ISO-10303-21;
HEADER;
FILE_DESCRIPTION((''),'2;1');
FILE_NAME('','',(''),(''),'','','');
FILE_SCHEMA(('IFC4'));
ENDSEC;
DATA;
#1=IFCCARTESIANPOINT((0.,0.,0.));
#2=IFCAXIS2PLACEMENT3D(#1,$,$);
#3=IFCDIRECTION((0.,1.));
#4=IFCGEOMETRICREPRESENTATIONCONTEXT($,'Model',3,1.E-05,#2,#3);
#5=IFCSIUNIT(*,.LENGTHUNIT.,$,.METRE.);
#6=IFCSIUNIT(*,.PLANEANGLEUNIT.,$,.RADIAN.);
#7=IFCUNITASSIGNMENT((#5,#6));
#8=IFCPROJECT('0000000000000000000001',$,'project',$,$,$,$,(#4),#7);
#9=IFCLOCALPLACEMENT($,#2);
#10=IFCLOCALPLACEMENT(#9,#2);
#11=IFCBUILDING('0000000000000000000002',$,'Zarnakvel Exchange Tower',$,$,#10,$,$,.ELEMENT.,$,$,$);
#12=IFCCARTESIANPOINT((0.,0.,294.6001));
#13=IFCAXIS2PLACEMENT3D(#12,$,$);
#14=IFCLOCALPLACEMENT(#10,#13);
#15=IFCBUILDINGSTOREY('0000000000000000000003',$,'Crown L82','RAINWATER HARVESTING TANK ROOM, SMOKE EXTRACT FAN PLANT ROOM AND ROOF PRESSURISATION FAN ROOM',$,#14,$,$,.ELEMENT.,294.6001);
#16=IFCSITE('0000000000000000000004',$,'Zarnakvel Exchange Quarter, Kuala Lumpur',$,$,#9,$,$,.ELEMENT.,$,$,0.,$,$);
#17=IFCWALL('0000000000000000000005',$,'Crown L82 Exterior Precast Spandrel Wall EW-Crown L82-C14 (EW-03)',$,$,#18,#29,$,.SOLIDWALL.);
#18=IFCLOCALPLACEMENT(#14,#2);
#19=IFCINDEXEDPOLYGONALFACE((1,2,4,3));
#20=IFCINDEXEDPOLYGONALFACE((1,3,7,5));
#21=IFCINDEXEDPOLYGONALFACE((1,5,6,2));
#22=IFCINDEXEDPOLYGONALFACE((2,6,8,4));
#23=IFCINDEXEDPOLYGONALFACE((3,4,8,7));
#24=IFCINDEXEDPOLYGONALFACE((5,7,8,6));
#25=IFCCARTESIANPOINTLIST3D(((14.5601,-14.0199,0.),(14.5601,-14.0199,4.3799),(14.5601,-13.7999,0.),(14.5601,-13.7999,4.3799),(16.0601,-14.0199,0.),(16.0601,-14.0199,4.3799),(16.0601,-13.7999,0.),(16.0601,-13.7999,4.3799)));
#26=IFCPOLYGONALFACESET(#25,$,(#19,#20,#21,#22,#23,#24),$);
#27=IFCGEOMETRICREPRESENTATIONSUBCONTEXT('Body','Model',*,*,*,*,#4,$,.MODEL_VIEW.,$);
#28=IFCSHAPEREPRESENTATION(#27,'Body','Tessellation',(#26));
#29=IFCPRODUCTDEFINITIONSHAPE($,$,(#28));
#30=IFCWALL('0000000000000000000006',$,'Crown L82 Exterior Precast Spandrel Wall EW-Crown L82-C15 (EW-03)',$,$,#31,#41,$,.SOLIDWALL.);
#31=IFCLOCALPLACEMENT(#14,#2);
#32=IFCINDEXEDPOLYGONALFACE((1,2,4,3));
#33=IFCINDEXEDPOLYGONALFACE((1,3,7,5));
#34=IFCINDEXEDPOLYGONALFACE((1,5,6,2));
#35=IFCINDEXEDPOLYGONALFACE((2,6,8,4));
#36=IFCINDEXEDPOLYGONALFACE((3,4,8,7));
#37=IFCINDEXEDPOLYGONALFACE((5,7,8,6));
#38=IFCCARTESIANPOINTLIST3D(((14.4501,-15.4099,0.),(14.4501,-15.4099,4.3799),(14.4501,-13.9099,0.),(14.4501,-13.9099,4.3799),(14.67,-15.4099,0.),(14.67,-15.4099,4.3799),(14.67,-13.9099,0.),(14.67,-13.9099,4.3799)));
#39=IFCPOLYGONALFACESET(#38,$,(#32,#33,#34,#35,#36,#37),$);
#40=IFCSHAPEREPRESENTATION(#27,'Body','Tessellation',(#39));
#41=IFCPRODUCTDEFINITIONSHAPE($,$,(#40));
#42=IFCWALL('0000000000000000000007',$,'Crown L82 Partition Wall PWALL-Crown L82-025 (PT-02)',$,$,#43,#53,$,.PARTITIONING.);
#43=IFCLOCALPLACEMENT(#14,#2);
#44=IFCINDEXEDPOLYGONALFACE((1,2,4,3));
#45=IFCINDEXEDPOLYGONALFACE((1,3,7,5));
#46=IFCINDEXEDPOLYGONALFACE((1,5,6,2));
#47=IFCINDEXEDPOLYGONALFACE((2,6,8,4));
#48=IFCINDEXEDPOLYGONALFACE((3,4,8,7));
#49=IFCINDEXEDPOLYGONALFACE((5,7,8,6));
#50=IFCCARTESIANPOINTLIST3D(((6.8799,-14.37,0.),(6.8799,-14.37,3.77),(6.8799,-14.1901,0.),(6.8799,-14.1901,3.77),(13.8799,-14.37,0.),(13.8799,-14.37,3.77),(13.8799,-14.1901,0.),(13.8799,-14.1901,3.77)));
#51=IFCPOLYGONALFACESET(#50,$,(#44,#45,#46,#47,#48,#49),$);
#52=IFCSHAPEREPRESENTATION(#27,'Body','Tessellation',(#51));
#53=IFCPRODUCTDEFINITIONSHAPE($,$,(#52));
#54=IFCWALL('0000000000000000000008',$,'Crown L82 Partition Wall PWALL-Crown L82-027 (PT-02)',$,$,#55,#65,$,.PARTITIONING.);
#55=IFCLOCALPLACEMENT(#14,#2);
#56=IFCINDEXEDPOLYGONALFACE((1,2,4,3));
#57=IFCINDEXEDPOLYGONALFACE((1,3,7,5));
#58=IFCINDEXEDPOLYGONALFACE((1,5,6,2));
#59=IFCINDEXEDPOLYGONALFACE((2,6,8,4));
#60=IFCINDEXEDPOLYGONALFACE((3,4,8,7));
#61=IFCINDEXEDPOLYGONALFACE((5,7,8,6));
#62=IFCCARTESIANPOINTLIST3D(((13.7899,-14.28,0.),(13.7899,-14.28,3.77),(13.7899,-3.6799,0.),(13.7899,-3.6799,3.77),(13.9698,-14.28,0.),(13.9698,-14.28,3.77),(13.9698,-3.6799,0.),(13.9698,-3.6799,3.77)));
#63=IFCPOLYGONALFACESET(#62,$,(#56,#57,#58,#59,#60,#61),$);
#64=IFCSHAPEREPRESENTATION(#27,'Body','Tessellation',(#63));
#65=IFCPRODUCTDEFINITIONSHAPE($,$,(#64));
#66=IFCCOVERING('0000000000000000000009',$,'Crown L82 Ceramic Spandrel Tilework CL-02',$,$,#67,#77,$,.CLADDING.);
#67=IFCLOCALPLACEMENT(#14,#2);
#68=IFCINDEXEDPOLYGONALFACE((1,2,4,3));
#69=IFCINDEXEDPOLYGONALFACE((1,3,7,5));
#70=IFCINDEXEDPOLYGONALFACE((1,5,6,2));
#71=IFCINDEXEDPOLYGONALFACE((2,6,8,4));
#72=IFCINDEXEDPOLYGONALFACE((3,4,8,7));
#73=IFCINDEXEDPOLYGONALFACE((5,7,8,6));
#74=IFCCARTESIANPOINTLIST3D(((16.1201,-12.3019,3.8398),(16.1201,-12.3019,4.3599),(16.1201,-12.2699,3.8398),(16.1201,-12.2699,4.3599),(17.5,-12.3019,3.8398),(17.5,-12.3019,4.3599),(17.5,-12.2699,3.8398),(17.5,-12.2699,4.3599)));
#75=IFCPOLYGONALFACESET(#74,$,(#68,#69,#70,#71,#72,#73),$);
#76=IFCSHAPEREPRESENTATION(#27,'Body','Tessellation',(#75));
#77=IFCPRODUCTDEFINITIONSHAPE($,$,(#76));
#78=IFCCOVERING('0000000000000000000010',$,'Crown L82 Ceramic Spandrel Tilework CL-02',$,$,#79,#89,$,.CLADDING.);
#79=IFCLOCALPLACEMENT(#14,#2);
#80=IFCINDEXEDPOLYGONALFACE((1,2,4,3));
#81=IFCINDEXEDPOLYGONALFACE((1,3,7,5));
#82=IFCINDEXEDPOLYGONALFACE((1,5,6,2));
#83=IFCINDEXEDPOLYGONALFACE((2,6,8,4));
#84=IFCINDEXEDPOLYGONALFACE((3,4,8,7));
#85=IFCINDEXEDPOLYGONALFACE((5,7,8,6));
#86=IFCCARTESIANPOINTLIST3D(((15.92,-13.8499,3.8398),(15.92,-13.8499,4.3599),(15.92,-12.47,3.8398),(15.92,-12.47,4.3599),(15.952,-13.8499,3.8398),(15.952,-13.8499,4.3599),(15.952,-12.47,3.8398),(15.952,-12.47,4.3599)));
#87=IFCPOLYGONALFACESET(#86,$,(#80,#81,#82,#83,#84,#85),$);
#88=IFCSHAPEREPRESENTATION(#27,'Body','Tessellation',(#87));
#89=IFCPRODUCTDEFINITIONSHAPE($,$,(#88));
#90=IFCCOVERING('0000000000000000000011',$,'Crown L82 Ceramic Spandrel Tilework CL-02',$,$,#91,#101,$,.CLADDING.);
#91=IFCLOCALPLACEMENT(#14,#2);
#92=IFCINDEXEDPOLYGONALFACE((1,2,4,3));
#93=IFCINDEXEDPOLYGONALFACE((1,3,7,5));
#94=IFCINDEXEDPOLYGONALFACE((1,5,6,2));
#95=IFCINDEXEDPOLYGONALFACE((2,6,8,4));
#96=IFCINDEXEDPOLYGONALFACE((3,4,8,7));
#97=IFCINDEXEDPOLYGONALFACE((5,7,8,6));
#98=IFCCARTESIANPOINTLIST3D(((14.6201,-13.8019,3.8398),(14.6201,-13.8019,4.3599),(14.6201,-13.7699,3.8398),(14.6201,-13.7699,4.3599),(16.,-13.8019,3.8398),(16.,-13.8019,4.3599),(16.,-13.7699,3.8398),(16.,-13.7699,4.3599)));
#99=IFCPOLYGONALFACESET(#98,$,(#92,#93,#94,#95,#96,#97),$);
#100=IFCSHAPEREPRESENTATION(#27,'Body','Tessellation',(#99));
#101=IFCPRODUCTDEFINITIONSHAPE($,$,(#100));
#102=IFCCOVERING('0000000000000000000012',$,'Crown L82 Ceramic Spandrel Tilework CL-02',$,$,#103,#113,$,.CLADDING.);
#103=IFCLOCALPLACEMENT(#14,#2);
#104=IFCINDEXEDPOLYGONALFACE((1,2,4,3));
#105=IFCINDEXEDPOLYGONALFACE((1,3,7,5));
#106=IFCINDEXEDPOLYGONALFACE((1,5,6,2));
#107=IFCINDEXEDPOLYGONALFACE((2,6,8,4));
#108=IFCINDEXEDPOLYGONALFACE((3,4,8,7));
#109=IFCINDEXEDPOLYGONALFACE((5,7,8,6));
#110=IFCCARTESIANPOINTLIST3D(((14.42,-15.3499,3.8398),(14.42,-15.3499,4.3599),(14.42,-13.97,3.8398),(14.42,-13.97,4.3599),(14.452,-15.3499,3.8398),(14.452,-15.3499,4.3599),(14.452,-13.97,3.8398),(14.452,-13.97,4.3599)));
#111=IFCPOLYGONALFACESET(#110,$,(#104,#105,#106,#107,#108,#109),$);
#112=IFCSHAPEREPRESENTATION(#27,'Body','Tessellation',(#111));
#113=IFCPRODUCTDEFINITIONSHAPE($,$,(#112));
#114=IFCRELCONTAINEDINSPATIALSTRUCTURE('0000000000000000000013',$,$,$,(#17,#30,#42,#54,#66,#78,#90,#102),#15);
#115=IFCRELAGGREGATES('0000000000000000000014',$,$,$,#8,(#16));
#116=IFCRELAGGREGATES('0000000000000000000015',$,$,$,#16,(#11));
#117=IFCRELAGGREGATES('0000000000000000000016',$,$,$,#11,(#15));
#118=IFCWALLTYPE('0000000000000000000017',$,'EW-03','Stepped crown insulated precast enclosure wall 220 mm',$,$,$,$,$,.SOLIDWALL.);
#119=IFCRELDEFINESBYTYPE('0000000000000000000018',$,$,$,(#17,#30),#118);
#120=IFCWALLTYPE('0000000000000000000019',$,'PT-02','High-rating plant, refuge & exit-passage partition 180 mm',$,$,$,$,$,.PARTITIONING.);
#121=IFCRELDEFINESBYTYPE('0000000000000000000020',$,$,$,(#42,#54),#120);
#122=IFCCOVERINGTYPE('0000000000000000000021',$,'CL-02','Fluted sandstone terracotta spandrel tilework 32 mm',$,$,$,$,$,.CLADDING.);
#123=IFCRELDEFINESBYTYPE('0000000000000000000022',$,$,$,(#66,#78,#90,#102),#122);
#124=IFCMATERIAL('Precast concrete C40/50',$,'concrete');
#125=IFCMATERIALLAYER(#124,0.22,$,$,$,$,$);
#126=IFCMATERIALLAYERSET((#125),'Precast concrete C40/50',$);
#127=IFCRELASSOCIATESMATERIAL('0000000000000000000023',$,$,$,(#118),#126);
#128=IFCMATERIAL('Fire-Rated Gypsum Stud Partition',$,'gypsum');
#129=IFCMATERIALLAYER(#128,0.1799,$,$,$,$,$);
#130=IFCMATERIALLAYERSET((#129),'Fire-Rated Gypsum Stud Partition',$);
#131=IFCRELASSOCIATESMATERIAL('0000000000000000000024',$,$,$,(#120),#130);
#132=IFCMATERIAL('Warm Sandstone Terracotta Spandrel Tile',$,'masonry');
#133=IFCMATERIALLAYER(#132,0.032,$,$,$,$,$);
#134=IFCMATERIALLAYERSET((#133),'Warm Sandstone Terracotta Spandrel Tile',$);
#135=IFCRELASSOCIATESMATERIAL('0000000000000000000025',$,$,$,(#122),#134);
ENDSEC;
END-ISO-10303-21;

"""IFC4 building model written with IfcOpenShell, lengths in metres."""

from ifc_helpers import new_model, si_unit, direction, frame, frame_2d, origin, origin_2d, place, context, subcontext, project, spatial, rectangle, extrude, source, transform, mapped, material, layer, layer_set, type_object, element, save


model = new_model("IFC4")

# Units and contexts
model_context = context("Model", 3, precision=1e-05, world=origin(), true_north=direction((0.0, 1.0)))
body_context = subcontext(model_context, "Body", "Model", "MODEL_VIEW")
ifc_project = project(units=[si_unit("LENGTHUNIT", "METRE"), si_unit("PLANEANGLEUNIT", "RADIAN")], contexts=[model_context])

# Site, building, storey
site_placement = place(None, origin())
site = spatial("IfcSite", under=ifc_project, at=site_placement, Name="Zarnakvel Exchange Quarter, Kuala Lumpur", CompositionType="ELEMENT", RefElevation=0.0)
building_placement = place(site_placement, origin())
building = spatial("IfcBuilding", under=site, at=building_placement, Name="Zarnakvel Exchange Tower", CompositionType="ELEMENT")
storey_placement = place(building_placement, frame((0.0, 0.0, 294.6001)))
storey = spatial("IfcBuildingStorey", under=building, at=storey_placement, Name="Crown L82", Description="RAINWATER HARVESTING TANK ROOM, SMOKE EXTRACT FAN PLANT ROOM AND ROOF PRESSURISATION FAN ROOM", CompositionType="ELEMENT", Elevation=294.6001)

# Walls
ifc_material_1 = material(Name="Precast concrete C40/50", Category="concrete")
ifc_layer_1 = layer(ifc_material_1, 0.22)
ifc_layer_set_1 = layer_set([ifc_layer_1], Name="Precast concrete C40/50")
wall_type_1 = type_object("IfcWallType", Name="EW-03", Description="Stepped crown insulated precast enclosure wall 220 mm", PredefinedType="SOLIDWALL", material=ifc_layer_set_1)
for number, where, z_axis, x_axis, name in (
    (1, (14.5601, -13.9099, 0.0), (0.0, 0.0, 1.0), (1.0, 0.0, 0.0), "Crown L82 Exterior Precast Spandrel Wall EW-Crown L82-C14 (EW-03)"),
    (2, (14.5601, -15.4099, 0.0), (0.0, 0.0, 1.0), (0.0, 1.0, 0.0), "Crown L82 Exterior Precast Spandrel Wall EW-Crown L82-C15 (EW-03)"),
):
    element("IfcWall", number, at=place(storey_placement, frame(where, z_axis=z_axis, x_axis=x_axis)), inside=storey, type_object=wall_type_1, Name=name, PredefinedType="SOLIDWALL", context=body_context, shape_type="SweptSolid", body=[
        extrude(rectangle(XDim=1.5, YDim=0.22, at=frame_2d((0.75, 0.0))), origin(), (0.0, 0.0, 1.0), 4.3799),
    ])
ifc_material_2 = material(Name="Fire-Rated Gypsum Stud Partition", Category="gypsum")
ifc_layer_2 = layer(ifc_material_2, 0.1799)
ifc_layer_set_2 = layer_set([ifc_layer_2], Name="Fire-Rated Gypsum Stud Partition")
wall_type_2 = type_object("IfcWallType", Name="PT-02", Description="High-rating plant, refuge & exit-passage partition 180 mm", PredefinedType="PARTITIONING", material=ifc_layer_set_2)
wall_1_placement = place(storey_placement, frame((13.8799, -14.28, 0.0), z_axis=(0.0, 0.0, 1.0), x_axis=(-1.0, 0.0, 0.0)))
element("IfcWall", 3, at=wall_1_placement, inside=storey, type_object=wall_type_2, Name="Crown L82 Partition Wall PWALL-Crown L82-025 (PT-02)", PredefinedType="PARTITIONING", context=body_context, shape_type="SweptSolid", body=[
    extrude(rectangle(XDim=7.0, YDim=0.1799, at=frame_2d((3.5, 0.0))), origin(), (0.0, 0.0, 1.0), 3.77),
])
wall_2_placement = place(storey_placement, frame((13.8799, -3.6799, 0.0), z_axis=(0.0, 0.0, 1.0), x_axis=(0.0, -1.0, 0.0)))
element("IfcWall", 4, at=wall_2_placement, inside=storey, type_object=wall_type_2, Name="Crown L82 Partition Wall PWALL-Crown L82-027 (PT-02)", PredefinedType="PARTITIONING", context=body_context, shape_type="SweptSolid", body=[
    extrude(rectangle(XDim=10.6001, YDim=0.1799, at=frame_2d((5.3, 0.0))), origin(), (0.0, 0.0, 1.0), 3.77),
])

# Coverings
ifc_material_3 = material(Name="Warm Sandstone Terracotta Spandrel Tile", Category="masonry")
ifc_layer_3 = layer(ifc_material_3, 0.032)
ifc_layer_set_3 = layer_set([ifc_layer_3], Name="Warm Sandstone Terracotta Spandrel Tile")
covering_type = type_object("IfcCoveringType", Name="CL-02", Description="Fluted sandstone terracotta spandrel tilework 32 mm", PredefinedType="CLADDING", material=ifc_layer_set_3)
shared_shape_1 = source(origin(), body_context, "Body", "SweptSolid", [
    extrude(rectangle(XDim=1.3799, YDim=0.032, at=origin_2d()), origin(), (0.0, 0.0, 1.0), 0.52),
])
for number, where, z_axis, x_axis, name in (
    (5, (16.8101, -12.2859, 3.8398), (0.0, 0.0, 1.0), (1.0, 0.0, 0.0), "Crown L82 Ceramic Spandrel Tilework CL-02"),
    (6, (15.936, -13.1599, 3.8398), (0.0, 0.0, 1.0), (0.0, 1.0, 0.0), "Crown L82 Ceramic Spandrel Tilework CL-02"),
    (7, (15.3101, -13.7859, 3.8398), (0.0, 0.0, 1.0), (1.0, 0.0, 0.0), "Crown L82 Ceramic Spandrel Tilework CL-02"),
    (8, (14.436, -14.6599, 3.8398), (0.0, 0.0, 1.0), (0.0, 1.0, 0.0), "Crown L82 Ceramic Spandrel Tilework CL-02"),
):
    element("IfcCovering", number, at=place(storey_placement, frame(where, z_axis=z_axis, x_axis=x_axis)), inside=storey, type_object=covering_type, Name=name, PredefinedType="CLADDING", context=body_context, shape_type="MappedRepresentation", body=[
        mapped(shared_shape_1, transform((0.0, 0.0, 0.0), x_axis=(1.0, 0.0, 0.0), y_axis=(0.0, 1.0, 0.0), z_axis=(0.0, 0.0, 1.0), scale=1.0)),
    ])

save(model, "model.ifc")
